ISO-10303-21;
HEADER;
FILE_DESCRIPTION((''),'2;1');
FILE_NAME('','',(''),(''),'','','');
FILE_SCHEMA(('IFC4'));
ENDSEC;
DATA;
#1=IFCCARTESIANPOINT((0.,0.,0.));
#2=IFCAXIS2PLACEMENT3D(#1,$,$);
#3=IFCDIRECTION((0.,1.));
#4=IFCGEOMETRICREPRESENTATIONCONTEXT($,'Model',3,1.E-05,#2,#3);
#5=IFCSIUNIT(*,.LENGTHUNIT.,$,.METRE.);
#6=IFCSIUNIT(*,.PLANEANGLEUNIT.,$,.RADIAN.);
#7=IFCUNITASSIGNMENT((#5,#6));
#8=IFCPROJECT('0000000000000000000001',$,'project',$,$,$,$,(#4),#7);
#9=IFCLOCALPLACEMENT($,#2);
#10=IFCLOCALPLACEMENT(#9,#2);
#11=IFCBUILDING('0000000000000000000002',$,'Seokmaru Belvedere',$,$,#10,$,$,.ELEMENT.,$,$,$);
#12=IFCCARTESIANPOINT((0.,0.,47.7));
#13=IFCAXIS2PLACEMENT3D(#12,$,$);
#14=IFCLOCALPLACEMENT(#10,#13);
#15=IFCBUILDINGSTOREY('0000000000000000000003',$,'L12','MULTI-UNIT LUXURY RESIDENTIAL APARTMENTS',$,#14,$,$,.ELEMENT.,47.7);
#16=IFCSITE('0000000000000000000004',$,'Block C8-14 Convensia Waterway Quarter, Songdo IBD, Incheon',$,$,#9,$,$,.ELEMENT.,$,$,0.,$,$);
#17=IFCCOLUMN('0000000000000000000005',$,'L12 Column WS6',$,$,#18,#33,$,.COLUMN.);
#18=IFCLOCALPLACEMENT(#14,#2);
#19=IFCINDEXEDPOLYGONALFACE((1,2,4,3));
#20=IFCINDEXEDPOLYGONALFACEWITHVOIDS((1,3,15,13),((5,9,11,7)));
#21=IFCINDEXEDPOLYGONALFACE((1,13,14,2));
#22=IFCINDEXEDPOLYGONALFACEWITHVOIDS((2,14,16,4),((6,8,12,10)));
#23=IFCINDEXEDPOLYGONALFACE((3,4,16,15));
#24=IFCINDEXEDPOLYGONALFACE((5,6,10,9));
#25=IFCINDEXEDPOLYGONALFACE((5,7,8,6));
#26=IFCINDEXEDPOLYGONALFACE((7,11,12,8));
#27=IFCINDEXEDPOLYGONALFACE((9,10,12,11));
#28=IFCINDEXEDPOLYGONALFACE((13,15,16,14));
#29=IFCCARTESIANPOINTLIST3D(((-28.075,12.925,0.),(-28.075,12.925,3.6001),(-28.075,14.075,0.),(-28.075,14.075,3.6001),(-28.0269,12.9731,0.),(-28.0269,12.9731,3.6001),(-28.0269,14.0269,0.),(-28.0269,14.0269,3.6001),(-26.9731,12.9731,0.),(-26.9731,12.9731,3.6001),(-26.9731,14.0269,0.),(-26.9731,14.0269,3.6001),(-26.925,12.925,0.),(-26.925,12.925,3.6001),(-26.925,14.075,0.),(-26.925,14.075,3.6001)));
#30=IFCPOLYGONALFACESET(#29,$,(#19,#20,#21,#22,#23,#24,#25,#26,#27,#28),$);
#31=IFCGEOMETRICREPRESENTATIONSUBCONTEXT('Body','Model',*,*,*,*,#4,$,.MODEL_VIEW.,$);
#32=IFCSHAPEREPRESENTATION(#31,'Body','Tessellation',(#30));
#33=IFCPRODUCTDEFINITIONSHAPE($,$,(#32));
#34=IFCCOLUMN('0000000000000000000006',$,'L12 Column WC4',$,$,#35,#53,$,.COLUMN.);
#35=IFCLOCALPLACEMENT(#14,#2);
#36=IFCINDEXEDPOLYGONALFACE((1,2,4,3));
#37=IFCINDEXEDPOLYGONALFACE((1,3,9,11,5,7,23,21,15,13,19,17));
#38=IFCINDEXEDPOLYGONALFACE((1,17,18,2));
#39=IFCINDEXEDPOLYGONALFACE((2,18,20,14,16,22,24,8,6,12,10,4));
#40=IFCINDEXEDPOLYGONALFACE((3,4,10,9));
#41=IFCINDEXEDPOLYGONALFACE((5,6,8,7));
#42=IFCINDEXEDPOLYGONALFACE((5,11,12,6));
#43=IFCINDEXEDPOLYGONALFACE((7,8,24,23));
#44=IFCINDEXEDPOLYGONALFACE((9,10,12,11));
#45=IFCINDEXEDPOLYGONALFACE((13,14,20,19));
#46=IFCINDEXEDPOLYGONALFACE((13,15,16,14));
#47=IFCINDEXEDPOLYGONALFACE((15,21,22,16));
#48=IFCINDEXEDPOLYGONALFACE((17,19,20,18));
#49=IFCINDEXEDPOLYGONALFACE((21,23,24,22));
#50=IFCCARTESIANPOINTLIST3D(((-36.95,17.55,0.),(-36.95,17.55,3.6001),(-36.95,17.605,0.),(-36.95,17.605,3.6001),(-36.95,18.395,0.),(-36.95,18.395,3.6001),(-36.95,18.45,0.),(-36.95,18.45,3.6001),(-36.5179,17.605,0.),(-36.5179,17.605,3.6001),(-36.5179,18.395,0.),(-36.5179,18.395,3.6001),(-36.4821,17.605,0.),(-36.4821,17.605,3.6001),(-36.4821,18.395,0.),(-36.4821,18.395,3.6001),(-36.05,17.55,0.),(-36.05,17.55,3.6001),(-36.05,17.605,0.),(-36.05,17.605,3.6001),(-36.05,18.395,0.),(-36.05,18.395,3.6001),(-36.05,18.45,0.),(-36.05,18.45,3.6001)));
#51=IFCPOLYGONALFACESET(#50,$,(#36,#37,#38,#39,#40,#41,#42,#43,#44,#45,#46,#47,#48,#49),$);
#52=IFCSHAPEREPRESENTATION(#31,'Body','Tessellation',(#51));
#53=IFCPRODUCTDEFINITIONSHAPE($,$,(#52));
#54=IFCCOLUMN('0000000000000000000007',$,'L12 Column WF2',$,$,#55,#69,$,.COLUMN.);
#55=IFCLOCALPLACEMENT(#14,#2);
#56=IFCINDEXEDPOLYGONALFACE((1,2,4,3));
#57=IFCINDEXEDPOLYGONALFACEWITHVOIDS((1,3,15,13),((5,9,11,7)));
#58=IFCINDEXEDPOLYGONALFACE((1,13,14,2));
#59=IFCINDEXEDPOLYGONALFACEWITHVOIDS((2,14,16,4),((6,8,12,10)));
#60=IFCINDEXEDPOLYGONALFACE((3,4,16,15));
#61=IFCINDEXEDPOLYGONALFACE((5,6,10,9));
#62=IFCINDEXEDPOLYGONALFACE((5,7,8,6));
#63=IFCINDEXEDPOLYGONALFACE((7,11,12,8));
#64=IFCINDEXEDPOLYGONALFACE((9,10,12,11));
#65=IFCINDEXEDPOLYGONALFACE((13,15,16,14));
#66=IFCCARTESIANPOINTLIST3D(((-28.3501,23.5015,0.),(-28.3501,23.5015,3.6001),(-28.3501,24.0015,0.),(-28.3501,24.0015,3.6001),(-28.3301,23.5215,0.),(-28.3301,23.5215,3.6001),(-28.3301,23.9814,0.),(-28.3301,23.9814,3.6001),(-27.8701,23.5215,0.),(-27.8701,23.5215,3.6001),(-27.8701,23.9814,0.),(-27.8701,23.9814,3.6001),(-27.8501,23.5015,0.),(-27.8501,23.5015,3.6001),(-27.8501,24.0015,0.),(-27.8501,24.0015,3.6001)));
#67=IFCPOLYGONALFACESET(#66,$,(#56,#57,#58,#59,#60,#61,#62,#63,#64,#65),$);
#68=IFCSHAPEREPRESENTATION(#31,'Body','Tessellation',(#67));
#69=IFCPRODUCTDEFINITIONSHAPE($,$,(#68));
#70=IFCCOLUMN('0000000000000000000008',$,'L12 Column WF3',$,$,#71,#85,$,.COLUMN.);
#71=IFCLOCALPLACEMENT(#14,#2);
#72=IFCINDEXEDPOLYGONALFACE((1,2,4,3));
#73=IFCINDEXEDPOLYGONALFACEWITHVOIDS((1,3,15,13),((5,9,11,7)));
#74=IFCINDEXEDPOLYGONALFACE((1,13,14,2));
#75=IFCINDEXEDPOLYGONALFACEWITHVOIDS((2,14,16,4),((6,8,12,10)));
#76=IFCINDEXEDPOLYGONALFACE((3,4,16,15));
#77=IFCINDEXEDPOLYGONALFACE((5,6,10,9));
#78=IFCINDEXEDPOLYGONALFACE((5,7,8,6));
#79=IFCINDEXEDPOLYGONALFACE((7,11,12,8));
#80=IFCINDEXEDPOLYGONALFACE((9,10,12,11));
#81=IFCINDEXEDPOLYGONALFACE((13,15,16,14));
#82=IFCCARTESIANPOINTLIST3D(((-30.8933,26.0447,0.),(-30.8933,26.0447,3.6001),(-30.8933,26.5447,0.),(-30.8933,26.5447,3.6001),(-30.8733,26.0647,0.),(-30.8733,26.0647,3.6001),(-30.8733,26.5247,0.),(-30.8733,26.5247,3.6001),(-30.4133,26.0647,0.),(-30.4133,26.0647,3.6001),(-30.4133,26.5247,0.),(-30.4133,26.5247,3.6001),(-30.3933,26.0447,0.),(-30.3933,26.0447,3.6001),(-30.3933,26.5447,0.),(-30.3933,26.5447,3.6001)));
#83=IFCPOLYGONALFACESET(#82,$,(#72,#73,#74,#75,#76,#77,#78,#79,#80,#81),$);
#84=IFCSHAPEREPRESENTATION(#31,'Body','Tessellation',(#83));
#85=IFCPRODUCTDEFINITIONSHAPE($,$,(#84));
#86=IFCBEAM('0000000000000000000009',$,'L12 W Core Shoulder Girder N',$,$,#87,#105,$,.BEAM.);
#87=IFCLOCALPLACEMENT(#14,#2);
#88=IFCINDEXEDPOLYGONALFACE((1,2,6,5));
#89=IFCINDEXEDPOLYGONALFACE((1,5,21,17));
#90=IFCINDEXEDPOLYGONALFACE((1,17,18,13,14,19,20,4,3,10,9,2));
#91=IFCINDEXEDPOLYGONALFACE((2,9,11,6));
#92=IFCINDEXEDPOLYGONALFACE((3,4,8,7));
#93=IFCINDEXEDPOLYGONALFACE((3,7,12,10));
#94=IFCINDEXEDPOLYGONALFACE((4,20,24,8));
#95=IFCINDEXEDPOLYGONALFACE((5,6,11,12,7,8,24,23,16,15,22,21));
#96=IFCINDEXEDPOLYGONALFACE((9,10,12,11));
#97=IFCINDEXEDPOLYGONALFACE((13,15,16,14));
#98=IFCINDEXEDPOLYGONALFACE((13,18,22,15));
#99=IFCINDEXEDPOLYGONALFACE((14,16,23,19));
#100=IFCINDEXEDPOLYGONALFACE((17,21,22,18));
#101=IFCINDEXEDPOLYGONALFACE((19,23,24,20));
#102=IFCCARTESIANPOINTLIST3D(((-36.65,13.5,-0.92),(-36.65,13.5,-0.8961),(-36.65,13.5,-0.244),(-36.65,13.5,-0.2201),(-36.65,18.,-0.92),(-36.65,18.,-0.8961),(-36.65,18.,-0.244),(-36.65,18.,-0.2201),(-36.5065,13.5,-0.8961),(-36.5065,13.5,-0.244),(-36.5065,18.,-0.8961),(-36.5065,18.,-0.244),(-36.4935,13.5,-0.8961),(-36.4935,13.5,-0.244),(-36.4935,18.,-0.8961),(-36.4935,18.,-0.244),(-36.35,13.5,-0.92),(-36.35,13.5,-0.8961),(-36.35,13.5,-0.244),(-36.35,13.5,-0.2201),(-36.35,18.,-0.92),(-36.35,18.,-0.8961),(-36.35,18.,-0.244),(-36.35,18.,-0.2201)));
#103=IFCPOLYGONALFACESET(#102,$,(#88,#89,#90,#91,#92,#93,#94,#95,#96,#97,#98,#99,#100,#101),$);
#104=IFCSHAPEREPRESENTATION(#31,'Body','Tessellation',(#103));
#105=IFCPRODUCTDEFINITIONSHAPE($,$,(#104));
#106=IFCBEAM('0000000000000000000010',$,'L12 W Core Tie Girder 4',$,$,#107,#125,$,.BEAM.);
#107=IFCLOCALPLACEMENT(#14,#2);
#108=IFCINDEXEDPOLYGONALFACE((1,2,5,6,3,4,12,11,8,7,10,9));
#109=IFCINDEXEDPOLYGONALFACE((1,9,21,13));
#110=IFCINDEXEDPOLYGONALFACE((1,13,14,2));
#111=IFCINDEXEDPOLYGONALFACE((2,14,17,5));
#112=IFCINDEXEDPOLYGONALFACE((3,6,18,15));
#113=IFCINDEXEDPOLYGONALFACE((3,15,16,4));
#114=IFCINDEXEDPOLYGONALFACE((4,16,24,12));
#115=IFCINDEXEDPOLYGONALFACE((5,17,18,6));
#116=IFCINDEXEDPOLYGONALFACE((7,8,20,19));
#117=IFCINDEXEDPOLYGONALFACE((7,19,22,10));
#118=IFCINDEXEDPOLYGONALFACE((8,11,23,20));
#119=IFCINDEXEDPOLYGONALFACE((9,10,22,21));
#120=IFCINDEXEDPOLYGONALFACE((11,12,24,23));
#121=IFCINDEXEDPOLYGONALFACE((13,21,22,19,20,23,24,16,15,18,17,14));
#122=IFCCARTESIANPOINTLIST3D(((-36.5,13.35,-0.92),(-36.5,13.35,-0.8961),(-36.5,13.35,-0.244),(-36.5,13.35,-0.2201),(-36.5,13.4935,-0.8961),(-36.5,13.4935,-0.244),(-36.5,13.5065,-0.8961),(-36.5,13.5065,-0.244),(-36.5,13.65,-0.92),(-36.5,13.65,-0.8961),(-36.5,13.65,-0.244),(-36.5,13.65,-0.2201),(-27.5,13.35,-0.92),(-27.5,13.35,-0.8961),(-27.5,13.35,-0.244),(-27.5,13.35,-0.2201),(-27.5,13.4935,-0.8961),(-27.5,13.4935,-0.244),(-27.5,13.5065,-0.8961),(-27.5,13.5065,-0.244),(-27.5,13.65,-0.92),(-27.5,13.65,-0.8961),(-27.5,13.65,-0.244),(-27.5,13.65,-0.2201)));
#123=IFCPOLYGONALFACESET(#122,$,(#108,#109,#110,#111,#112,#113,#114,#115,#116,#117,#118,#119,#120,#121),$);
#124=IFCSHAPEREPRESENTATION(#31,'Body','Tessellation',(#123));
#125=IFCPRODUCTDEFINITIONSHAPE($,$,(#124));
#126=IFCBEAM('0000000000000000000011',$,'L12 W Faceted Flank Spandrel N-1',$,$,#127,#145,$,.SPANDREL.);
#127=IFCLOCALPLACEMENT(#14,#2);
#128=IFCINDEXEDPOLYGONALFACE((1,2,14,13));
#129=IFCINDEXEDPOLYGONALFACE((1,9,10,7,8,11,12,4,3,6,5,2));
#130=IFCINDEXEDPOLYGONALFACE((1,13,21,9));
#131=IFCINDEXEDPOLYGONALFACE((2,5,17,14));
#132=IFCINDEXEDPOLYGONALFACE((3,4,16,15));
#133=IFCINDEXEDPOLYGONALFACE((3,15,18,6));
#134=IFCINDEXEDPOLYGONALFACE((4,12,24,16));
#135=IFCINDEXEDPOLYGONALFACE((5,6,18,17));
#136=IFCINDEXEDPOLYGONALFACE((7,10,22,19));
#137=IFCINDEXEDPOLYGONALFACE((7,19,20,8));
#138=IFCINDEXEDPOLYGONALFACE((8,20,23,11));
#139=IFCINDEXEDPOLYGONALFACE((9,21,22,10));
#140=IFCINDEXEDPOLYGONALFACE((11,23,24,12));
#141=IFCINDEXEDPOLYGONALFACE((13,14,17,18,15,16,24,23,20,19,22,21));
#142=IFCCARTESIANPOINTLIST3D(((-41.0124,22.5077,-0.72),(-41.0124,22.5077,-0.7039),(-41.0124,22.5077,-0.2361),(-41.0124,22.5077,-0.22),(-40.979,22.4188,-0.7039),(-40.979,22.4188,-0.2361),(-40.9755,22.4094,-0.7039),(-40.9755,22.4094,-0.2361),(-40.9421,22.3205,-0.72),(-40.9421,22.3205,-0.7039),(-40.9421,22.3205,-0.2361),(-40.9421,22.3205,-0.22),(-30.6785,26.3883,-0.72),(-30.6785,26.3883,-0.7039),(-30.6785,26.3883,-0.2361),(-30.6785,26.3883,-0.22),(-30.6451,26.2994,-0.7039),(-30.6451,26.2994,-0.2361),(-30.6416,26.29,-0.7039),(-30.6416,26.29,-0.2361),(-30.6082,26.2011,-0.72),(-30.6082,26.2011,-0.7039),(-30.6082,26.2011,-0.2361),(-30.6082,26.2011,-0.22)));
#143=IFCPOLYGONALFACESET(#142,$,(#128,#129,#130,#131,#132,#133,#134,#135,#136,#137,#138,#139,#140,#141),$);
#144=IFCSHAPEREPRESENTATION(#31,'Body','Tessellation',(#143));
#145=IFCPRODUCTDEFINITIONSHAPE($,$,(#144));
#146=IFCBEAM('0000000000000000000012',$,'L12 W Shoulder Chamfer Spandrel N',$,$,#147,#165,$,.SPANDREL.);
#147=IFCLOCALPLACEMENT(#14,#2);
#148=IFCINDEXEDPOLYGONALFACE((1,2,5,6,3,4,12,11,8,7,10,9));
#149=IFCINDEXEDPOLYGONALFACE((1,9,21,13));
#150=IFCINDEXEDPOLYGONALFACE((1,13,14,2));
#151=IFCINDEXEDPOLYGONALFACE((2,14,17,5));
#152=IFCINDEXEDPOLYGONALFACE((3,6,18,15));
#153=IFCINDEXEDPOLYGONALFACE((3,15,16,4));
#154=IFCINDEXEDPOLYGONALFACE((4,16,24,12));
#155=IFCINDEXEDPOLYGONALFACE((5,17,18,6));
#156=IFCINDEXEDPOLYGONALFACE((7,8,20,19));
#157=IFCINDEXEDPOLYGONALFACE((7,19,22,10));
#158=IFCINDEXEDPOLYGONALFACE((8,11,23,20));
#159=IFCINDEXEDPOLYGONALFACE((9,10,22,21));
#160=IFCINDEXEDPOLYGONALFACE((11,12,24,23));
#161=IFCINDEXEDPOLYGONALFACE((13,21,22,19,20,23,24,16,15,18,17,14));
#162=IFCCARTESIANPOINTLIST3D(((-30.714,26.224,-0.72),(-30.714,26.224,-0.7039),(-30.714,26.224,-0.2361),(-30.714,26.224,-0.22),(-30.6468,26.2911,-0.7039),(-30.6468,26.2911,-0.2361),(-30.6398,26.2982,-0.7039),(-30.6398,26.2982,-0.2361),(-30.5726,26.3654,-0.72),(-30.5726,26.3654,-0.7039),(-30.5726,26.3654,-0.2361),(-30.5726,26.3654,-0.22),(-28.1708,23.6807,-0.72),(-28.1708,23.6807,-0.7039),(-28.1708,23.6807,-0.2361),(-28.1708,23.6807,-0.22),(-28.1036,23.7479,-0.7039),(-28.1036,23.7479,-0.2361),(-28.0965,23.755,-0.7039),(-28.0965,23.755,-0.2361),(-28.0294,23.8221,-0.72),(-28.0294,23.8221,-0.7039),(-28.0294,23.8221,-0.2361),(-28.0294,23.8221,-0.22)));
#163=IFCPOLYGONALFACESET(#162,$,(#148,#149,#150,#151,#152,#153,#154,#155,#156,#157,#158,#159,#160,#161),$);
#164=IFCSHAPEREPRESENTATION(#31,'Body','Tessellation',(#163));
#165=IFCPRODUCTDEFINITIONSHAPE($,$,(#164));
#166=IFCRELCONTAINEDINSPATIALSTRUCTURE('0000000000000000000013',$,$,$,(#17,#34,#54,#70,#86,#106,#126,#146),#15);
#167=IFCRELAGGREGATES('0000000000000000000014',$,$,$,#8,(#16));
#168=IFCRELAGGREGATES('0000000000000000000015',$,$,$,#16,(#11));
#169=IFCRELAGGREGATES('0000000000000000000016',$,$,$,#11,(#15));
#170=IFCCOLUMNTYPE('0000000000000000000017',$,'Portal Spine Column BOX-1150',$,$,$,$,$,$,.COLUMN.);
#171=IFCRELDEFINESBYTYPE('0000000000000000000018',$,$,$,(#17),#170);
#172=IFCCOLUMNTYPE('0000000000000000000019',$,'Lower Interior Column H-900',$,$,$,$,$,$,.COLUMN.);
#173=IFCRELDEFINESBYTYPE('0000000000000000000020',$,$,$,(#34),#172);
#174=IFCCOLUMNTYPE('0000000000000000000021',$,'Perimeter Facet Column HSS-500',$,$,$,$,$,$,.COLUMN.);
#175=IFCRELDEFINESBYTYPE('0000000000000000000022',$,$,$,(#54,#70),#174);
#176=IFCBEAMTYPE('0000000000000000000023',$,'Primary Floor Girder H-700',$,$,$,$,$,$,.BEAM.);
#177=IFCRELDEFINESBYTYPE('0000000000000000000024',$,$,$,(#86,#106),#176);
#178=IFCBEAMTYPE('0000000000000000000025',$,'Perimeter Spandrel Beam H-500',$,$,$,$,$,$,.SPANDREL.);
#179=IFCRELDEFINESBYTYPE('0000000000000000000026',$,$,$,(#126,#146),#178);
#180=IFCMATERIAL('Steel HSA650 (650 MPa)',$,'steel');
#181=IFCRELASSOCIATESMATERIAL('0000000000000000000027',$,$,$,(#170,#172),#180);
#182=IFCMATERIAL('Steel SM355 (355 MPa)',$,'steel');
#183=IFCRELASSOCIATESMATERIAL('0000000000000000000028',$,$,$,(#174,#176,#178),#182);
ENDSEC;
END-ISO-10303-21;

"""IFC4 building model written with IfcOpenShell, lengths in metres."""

from ifc_helpers import new_model, si_unit, direction, frame, origin, origin_2d, place, context, subcontext, project, spatial, hollow_rectangle, i_section, extrude, source, transform, mapped, material, material_profile, profile_set, type_object, type_shapes, element, save


model = new_model("IFC4")

# Units and contexts
model_context = context("Model", 3, precision=1e-05, world=origin(), true_north=direction((0.0, 1.0)))
body_context = subcontext(model_context, "Body", "Model", "MODEL_VIEW")
ifc_project = project(units=[si_unit("LENGTHUNIT", "METRE"), si_unit("PLANEANGLEUNIT", "RADIAN")], contexts=[model_context])

# Site, building, storey
site_placement = place(None, origin())
site = spatial("IfcSite", under=ifc_project, at=site_placement, Name="Block C8-14 Convensia Waterway Quarter, Songdo IBD, Incheon", CompositionType="ELEMENT", RefElevation=0.0)
building_placement = place(site_placement, origin())
building = spatial("IfcBuilding", under=site, at=building_placement, Name="Seokmaru Belvedere", CompositionType="ELEMENT")
storey_placement = place(building_placement, frame((0.0, 0.0, 47.7)))
storey = spatial("IfcBuildingStorey", under=building, at=storey_placement, Name="L12", Description="MULTI-UNIT LUXURY RESIDENTIAL APARTMENTS", CompositionType="ELEMENT", Elevation=47.7)

# Columns
ifc_material_1 = material(Name="Steel HSA650 (650 MPa)", Category="steel")
ifc_material_profile_1 = material_profile(ifc_material_1, hollow_rectangle(XDim=1.1499, YDim=1.1499, WallThickness=0.0481, at=origin_2d()), Name="BOX-1150x1150x48")
ifc_profile_set_1 = profile_set([ifc_material_profile_1], Name="Steel HSA650 (650 MPa)")
column_type_1 = type_object("IfcColumnType", Name="Portal Spine Column BOX-1150", PredefinedType="COLUMN", material=ifc_profile_set_1)
shared_shape_1 = source(origin(), body_context, "Body", "SweptSolid", [
    extrude(hollow_rectangle(XDim=1.1499, YDim=1.1499, WallThickness=0.0481, at=origin_2d()), origin(), (0.0, 0.0, 1.0), 3.6001),
])
type_shapes(column_type_1, [shared_shape_1])
column_1_placement = place(storey_placement, frame((-27.5, 13.5, 0.0), z_axis=(0.0, 0.0, 1.0), x_axis=(1.0, 0.0, 0.0)))
element("IfcColumn", 1, at=column_1_placement, inside=storey, type_object=column_type_1, Name="L12 Column WS6", PredefinedType="COLUMN", context=body_context, shape_type="MappedRepresentation", body=[
    mapped(shared_shape_1, transform((0.0, 0.0, 0.0), scale=1.0)),
])
ifc_material_profile_2 = material_profile(ifc_material_1, i_section(OverallWidth=0.8999, OverallDepth=0.8999, WebThickness=0.0359, FlangeThickness=0.0549, at=origin_2d()), Name="H-900x900x36x55")
ifc_profile_set_2 = profile_set([ifc_material_profile_2], Name="Steel HSA650 (650 MPa)")
column_type_2 = type_object("IfcColumnType", Name="Lower Interior Column H-900", PredefinedType="COLUMN", material=ifc_profile_set_2)
shared_shape_2 = source(origin(), body_context, "Body", "SweptSolid", [
    extrude(i_section(OverallWidth=0.8999, OverallDepth=0.8999, WebThickness=0.0359, FlangeThickness=0.0549, at=origin_2d()), origin(), (0.0, 0.0, 1.0), 3.6001),
])
type_shapes(column_type_2, [shared_shape_2])
column_2_placement = place(storey_placement, frame((-36.5, 18.0, 0.0), z_axis=(0.0, 0.0, 1.0), x_axis=(1.0, 0.0, 0.0)))
element("IfcColumn", 2, at=column_2_placement, inside=storey, type_object=column_type_2, Name="L12 Column WC4", PredefinedType="COLUMN", context=body_context, shape_type="MappedRepresentation", body=[
    mapped(shared_shape_2, transform((0.0, 0.0, 0.0), scale=1.0)),
])
ifc_material_2 = material(Name="Steel SM355 (355 MPa)", Category="steel")
ifc_material_profile_3 = material_profile(ifc_material_2, hollow_rectangle(XDim=0.5, YDim=0.5, WallThickness=0.02, at=origin_2d()), Name="HSS-500x500x20")
ifc_profile_set_3 = profile_set([ifc_material_profile_3], Name="Steel SM355 (355 MPa)")
column_type_3 = type_object("IfcColumnType", Name="Perimeter Facet Column HSS-500", PredefinedType="COLUMN", material=ifc_profile_set_3)
shared_shape_3 = source(origin(), body_context, "Body", "SweptSolid", [
    extrude(hollow_rectangle(XDim=0.5, YDim=0.5, WallThickness=0.02, at=origin_2d()), origin(), (0.0, 0.0, 1.0), 3.6001),
])
type_shapes(column_type_3, [shared_shape_3])
for number, where, z_axis, x_axis, name in (
    (3, (-28.1001, 23.7515, 0.0), (0.0, 0.0, 1.0), (1.0, 0.0, 0.0), "L12 Column WF2"),
    (4, (-30.6433, 26.2947, 0.0), (0.0, 0.0, 1.0), (1.0, 0.0, 0.0), "L12 Column WF3"),
):
    element("IfcColumn", number, at=place(storey_placement, frame(where, z_axis=z_axis, x_axis=x_axis)), inside=storey, type_object=column_type_3, Name=name, PredefinedType="COLUMN", context=body_context, shape_type="MappedRepresentation", body=[
        mapped(shared_shape_3, transform((0.0, 0.0, 0.0), scale=1.0)),
    ])

# Beams
ifc_material_profile_4 = material_profile(ifc_material_2, i_section(OverallWidth=0.3, OverallDepth=0.7, WebThickness=0.0129, FlangeThickness=0.0239, at=origin_2d()), Name="H-700x300x13x24")
ifc_profile_set_4 = profile_set([ifc_material_profile_4], Name="Steel SM355 (355 MPa)")
beam_type_1 = type_object("IfcBeamType", Name="Primary Floor Girder H-700", PredefinedType="BEAM", material=ifc_profile_set_4)
shared_shape_4 = source(origin(), body_context, "Body", "SweptSolid", [
    extrude(i_section(OverallWidth=0.3, OverallDepth=0.7, WebThickness=0.0129, FlangeThickness=0.0239, at=origin_2d()), origin(), (0.0, 0.0, 1.0), 4.5),
])
beam_1_placement = place(storey_placement, frame((-36.5, 13.5, -0.5701), z_axis=(0.0, 1.0, 0.0), x_axis=(-1.0, 0.0, 0.0)))
element("IfcBeam", 5, at=beam_1_placement, inside=storey, type_object=beam_type_1, Name="L12 W Core Shoulder Girder N", PredefinedType="BEAM", context=body_context, shape_type="MappedRepresentation", body=[
    mapped(shared_shape_4, transform((0.0, 0.0, 0.0), scale=1.0)),
])
shared_shape_5 = source(origin(), body_context, "Body", "SweptSolid", [
    extrude(i_section(OverallWidth=0.3, OverallDepth=0.7, WebThickness=0.0129, FlangeThickness=0.0239, at=origin_2d()), origin(), (0.0, 0.0, 1.0), 9.0),
])
type_shapes(beam_type_1, [shared_shape_4, shared_shape_5])
beam_2_placement = place(storey_placement, frame((-36.5, 13.5, -0.5701), z_axis=(1.0, 0.0, 0.0), x_axis=(0.0, 1.0, 0.0)))
element("IfcBeam", 6, at=beam_2_placement, inside=storey, type_object=beam_type_1, Name="L12 W Core Tie Girder 4", PredefinedType="BEAM", context=body_context, shape_type="MappedRepresentation", body=[
    mapped(shared_shape_5, transform((0.0, 0.0, 0.0), scale=1.0)),
])
ifc_material_profile_5 = material_profile(ifc_material_2, i_section(OverallWidth=0.2, OverallDepth=0.5, WebThickness=0.01, FlangeThickness=0.0161, at=origin_2d()), Name="H-500x200x10x16")
ifc_profile_set_5 = profile_set([ifc_material_profile_5], Name="Steel SM355 (355 MPa)")
beam_type_2 = type_object("IfcBeamType", Name="Perimeter Spandrel Beam H-500", PredefinedType="SPANDREL", material=ifc_profile_set_5)
shared_shape_6 = source(origin(), body_context, "Body", "SweptSolid", [
    extrude(i_section(OverallWidth=0.2, OverallDepth=0.5, WebThickness=0.01, FlangeThickness=0.0161, at=origin_2d()), origin(), (0.0, 0.0, 1.0), 11.0386),
])
beam_3_placement = place(storey_placement, frame((-30.6433, 26.2947, -0.47), z_axis=(-0.936169, -0.35155, 0.0), x_axis=(0.35155, -0.936169, 0.0)))
element("IfcBeam", 7, at=beam_3_placement, inside=storey, type_object=beam_type_2, Name="L12 W Faceted Flank Spandrel N-1", PredefinedType="SPANDREL", context=body_context, shape_type="MappedRepresentation", body=[
    mapped(shared_shape_6, transform((0.0, 0.0, 0.0), scale=1.0)),
])
shared_shape_7 = source(origin(), body_context, "Body", "SweptSolid", [
    extrude(i_section(OverallWidth=0.2, OverallDepth=0.5, WebThickness=0.01, FlangeThickness=0.0161, at=origin_2d()), origin(), (0.0, 0.0, 1.0), 3.5967),
])
beam_4_placement = place(storey_placement, frame((-30.6433, 26.2947, -0.47), z_axis=(0.707107, -0.707107, 0.0), x_axis=(0.707107, 0.707107, 0.0)))
element("IfcBeam", 8, at=beam_4_placement, inside=storey, type_object=beam_type_2, Name="L12 W Shoulder Chamfer Spandrel N", PredefinedType="SPANDREL", context=body_context, shape_type="MappedRepresentation", body=[
    mapped(shared_shape_7, transform((0.0, 0.0, 0.0), scale=1.0)),
])

save(model, "model.ifc")
